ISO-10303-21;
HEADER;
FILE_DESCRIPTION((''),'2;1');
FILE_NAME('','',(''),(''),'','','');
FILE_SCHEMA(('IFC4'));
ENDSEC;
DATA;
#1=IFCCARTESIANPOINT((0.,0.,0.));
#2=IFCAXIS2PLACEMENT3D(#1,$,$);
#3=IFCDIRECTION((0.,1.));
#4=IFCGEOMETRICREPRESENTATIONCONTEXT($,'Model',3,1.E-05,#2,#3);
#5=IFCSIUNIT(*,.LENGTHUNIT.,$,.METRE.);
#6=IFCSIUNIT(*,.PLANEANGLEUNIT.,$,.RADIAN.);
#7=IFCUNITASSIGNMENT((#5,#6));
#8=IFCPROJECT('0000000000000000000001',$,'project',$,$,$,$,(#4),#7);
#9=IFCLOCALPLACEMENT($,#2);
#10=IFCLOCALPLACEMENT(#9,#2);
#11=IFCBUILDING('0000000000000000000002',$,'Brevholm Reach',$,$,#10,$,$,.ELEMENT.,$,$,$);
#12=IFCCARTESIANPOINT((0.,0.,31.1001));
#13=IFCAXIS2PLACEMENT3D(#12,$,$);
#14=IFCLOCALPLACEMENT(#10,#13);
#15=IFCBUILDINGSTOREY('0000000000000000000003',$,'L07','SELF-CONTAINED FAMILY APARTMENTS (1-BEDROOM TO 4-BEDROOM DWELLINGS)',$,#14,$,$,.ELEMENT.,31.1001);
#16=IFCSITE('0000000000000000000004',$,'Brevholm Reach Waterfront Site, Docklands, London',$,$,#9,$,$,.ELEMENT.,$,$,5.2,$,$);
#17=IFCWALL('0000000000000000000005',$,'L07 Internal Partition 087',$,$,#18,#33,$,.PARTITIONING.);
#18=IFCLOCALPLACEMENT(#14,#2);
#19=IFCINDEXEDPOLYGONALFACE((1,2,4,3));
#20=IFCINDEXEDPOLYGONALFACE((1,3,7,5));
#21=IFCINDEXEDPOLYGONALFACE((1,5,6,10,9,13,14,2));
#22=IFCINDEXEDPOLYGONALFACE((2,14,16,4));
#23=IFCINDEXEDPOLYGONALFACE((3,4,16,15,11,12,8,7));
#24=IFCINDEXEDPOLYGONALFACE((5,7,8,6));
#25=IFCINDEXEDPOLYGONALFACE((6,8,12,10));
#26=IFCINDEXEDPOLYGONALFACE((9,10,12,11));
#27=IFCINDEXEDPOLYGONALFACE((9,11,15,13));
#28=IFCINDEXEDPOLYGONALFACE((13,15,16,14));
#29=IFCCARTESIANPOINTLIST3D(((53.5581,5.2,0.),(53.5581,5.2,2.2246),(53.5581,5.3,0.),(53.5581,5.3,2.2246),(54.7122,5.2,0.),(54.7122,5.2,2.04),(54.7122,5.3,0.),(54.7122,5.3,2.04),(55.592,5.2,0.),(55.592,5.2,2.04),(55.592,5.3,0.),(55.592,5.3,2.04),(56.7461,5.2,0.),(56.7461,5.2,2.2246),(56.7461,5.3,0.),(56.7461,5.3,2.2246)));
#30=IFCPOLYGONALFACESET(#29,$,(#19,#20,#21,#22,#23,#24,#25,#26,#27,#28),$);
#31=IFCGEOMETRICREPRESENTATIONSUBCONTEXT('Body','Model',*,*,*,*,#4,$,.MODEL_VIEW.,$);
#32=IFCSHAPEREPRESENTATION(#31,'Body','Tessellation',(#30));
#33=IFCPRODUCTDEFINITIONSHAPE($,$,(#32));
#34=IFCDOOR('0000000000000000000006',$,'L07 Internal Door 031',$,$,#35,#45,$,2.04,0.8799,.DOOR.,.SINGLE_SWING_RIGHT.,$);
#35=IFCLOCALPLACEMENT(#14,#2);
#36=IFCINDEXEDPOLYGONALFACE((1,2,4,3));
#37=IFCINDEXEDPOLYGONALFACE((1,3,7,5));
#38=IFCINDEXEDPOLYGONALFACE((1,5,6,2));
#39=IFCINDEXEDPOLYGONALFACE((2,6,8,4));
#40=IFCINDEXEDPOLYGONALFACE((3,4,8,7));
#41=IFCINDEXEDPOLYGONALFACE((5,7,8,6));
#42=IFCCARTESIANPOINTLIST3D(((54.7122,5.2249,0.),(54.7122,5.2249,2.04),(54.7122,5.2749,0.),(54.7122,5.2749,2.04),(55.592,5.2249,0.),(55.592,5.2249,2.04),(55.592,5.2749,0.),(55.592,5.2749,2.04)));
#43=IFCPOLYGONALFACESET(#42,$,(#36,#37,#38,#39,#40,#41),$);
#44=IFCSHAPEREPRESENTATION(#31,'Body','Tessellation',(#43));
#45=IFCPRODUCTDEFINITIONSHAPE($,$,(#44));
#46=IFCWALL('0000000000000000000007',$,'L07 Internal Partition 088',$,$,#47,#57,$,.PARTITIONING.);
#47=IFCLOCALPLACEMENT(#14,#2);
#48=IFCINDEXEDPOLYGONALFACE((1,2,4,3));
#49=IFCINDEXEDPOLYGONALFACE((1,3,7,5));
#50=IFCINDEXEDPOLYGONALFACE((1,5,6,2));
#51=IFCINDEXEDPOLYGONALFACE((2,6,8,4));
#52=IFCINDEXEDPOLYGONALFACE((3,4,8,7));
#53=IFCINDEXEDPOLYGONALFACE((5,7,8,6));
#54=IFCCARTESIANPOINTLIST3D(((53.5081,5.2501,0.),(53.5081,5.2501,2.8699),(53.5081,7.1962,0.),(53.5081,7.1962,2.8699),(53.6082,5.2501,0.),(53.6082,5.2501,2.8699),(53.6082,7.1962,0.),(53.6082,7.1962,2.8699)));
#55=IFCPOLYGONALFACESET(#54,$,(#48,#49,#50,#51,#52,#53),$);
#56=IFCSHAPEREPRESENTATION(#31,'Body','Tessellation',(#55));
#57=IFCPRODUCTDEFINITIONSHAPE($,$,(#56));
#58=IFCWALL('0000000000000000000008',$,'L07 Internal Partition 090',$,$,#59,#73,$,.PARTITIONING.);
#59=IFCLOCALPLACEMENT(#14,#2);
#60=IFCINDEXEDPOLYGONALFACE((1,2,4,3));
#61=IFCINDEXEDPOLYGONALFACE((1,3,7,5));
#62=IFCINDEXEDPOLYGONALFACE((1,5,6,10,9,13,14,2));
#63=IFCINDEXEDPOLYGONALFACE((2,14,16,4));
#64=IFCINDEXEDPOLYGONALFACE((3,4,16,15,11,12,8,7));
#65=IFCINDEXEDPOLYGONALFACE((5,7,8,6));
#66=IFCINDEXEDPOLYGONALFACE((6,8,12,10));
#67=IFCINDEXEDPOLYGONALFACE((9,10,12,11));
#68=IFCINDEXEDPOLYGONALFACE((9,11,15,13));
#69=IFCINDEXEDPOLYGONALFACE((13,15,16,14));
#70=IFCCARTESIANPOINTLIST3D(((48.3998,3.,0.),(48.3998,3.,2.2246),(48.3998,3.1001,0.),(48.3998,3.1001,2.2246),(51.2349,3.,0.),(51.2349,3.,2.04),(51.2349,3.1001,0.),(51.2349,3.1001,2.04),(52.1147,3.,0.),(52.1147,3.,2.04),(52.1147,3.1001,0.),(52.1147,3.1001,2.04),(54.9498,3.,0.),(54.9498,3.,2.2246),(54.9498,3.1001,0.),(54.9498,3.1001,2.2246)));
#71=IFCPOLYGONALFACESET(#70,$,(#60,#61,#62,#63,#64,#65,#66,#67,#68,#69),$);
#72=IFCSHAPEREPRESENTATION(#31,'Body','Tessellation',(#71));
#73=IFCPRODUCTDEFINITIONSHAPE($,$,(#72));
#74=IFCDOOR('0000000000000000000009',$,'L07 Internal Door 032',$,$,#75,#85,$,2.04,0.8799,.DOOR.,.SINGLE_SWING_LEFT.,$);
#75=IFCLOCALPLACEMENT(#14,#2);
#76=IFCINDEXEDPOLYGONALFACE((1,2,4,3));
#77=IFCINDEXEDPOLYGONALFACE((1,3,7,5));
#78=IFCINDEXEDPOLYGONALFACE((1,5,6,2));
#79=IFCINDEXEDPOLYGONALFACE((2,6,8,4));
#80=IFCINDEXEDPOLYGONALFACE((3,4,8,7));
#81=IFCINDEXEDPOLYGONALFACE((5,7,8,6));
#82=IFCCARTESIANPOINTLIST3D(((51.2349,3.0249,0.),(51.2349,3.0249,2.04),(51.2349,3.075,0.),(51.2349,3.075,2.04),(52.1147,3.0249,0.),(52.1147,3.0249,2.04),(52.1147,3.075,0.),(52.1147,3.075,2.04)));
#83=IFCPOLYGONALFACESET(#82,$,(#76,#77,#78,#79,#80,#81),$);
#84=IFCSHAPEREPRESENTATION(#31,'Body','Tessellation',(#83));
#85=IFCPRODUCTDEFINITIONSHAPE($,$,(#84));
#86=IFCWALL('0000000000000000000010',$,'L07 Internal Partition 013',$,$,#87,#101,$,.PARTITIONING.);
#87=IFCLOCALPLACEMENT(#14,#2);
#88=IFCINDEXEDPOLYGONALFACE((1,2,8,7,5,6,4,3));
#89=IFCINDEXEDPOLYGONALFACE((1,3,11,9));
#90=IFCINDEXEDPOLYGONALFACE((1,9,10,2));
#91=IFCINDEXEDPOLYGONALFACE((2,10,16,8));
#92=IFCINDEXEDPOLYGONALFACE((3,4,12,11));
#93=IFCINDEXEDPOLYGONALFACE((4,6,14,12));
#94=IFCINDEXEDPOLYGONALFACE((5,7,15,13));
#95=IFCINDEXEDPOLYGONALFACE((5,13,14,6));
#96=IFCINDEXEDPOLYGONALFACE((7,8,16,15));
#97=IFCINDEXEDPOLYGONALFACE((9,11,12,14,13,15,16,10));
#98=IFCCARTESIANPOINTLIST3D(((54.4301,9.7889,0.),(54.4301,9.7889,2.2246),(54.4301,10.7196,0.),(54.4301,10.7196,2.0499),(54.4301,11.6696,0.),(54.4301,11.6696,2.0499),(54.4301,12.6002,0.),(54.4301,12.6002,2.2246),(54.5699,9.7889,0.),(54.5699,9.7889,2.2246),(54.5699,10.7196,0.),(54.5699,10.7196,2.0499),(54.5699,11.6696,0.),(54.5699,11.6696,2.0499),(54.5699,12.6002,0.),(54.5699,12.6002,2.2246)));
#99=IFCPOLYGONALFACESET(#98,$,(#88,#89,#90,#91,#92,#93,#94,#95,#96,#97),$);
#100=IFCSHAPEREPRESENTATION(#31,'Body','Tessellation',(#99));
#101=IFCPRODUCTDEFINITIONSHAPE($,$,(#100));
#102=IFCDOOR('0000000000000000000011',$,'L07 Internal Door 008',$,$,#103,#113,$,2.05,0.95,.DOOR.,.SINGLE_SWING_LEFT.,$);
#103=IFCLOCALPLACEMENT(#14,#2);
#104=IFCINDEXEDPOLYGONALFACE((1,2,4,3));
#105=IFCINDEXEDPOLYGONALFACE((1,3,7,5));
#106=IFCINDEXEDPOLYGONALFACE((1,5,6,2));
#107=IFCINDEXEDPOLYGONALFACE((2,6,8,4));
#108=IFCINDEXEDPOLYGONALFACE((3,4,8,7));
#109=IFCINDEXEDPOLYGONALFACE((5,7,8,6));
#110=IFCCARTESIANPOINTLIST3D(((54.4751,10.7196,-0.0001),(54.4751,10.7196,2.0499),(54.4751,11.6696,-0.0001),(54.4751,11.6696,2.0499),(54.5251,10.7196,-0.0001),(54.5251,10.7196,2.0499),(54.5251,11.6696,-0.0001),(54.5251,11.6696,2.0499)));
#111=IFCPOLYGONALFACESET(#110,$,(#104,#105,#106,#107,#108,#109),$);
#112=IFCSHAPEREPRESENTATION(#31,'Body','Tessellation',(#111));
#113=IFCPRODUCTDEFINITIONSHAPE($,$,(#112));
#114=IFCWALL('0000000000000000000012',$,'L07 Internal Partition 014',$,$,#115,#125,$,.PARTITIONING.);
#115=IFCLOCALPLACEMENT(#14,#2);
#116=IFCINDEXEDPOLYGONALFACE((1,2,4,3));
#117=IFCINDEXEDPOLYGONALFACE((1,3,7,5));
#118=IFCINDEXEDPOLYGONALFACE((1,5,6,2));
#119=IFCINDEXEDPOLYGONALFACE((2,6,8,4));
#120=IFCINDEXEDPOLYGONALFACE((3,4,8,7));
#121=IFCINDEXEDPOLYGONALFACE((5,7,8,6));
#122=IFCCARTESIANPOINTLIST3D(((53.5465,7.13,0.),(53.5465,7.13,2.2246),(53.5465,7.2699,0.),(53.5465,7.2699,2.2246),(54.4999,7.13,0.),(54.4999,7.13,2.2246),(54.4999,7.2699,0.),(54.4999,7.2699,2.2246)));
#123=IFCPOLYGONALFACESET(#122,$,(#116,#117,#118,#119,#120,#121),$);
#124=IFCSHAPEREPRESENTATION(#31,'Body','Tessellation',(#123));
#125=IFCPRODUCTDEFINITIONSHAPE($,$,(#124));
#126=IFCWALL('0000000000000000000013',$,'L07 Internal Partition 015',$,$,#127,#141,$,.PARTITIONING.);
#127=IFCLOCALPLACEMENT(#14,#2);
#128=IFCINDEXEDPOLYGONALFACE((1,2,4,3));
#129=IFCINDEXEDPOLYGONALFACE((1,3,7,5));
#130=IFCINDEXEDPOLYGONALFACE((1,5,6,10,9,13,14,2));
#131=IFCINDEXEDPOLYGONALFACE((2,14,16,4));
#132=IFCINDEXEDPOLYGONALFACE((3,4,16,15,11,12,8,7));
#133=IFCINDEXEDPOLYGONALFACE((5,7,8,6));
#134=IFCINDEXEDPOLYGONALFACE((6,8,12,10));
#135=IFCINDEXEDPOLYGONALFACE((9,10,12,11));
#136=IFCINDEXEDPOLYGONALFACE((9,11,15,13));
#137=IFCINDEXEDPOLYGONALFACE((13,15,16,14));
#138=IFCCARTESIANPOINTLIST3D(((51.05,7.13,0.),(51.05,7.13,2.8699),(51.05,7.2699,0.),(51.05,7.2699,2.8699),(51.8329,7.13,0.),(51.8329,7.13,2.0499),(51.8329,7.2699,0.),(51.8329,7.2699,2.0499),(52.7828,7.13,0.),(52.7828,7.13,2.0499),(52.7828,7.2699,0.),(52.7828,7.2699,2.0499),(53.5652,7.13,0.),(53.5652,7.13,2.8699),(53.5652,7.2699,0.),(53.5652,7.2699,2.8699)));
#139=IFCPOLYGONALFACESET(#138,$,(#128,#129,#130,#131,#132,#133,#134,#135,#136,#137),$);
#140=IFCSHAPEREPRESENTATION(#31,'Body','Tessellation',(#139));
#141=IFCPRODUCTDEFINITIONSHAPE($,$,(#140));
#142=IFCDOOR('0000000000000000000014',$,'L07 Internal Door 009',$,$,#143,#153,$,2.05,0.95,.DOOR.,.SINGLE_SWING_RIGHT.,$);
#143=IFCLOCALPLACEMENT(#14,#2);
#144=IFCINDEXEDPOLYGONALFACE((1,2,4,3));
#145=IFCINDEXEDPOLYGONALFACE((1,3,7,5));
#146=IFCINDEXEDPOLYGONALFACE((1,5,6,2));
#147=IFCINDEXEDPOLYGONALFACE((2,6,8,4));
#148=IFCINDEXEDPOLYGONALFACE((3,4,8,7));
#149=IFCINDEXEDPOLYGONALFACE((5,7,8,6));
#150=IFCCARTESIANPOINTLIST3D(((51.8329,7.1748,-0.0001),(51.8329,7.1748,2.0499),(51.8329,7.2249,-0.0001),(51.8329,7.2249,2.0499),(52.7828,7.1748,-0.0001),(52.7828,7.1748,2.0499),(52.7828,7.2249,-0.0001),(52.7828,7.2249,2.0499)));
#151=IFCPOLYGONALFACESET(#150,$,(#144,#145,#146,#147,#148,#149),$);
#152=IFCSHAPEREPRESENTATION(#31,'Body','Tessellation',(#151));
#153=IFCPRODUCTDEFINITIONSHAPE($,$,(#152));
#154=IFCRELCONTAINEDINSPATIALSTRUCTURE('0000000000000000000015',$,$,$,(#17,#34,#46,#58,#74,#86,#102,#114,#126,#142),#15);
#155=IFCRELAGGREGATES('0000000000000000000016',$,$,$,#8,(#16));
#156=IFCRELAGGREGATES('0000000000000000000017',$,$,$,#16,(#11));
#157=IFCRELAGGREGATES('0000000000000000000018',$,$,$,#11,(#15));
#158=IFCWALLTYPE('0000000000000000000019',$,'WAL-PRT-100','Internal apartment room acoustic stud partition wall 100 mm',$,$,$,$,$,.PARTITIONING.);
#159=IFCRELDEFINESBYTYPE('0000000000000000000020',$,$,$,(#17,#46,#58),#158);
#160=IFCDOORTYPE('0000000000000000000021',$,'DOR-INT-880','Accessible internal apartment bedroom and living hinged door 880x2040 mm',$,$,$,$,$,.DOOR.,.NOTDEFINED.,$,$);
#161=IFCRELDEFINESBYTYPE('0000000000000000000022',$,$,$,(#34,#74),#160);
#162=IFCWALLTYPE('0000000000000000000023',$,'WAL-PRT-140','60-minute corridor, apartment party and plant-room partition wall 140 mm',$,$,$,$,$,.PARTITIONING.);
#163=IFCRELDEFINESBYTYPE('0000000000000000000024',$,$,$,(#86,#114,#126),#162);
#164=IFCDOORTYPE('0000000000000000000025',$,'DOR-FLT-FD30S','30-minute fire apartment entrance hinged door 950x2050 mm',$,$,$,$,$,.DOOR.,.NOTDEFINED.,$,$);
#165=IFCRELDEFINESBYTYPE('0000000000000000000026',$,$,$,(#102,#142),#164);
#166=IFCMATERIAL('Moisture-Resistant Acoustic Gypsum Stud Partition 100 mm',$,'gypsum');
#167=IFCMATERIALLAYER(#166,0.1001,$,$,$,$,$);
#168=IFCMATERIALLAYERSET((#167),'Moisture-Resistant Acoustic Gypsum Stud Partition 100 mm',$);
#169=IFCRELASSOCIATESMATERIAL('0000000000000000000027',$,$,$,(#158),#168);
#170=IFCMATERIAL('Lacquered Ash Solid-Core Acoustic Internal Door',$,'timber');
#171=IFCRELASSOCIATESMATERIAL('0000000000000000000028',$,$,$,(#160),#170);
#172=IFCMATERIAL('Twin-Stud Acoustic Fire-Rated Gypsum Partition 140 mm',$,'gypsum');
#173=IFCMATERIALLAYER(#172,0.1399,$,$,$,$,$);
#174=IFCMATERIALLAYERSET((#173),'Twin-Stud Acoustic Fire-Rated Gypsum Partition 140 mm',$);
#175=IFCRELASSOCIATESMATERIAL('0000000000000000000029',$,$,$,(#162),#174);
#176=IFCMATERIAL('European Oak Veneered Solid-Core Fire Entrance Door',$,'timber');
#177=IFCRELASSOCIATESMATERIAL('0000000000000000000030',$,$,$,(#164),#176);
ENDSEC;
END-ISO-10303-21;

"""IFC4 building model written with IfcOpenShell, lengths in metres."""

from ifc_helpers import new_model, si_unit, direction, frame, frame_2d, origin, place, context, subcontext, project, spatial, rectangle, extrude, material, layer, layer_set, type_object, element, fill, save


model = new_model("IFC4")

# Units and contexts
model_context = context("Model", 3, precision=1e-05, world=origin(), true_north=direction((0.0, 1.0)))
body_context = subcontext(model_context, "Body", "Model", "MODEL_VIEW")
ifc_project = project(units=[si_unit("LENGTHUNIT", "METRE"), si_unit("PLANEANGLEUNIT", "RADIAN")], contexts=[model_context])

# Site, building, storey
site_placement = place(None, origin())
site = spatial("IfcSite", under=ifc_project, at=site_placement, Name="Brevholm Reach Waterfront Site, Docklands, London", CompositionType="ELEMENT", RefElevation=5.2)
building_placement = place(site_placement, origin())
building = spatial("IfcBuilding", under=site, at=building_placement, Name="Brevholm Reach", CompositionType="ELEMENT")
storey_placement = place(building_placement, frame((0.0, 0.0, 31.1001)))
storey = spatial("IfcBuildingStorey", under=building, at=storey_placement, Name="L07", Description="SELF-CONTAINED FAMILY APARTMENTS (1-BEDROOM TO 4-BEDROOM DWELLINGS)", CompositionType="ELEMENT", Elevation=31.1001)

# Wall, opening, door
ifc_material_1 = material(Name="Moisture-Resistant Acoustic Gypsum Stud Partition 100 mm", Category="gypsum")
ifc_layer_1 = layer(ifc_material_1, 0.1001)
ifc_layer_set_1 = layer_set([ifc_layer_1], Name="Moisture-Resistant Acoustic Gypsum Stud Partition 100 mm")
wall_type_1 = type_object("IfcWallType", Name="WAL-PRT-100", Description="Internal apartment room acoustic stud partition wall 100 mm", PredefinedType="PARTITIONING", material=ifc_layer_set_1)
wall_1_placement = place(storey_placement, frame((53.5581, 5.25, 0.0), z_axis=(0.0, 0.0, 1.0), x_axis=(1.0, 0.0, 0.0)))
wall_1 = element("IfcWall", 1, at=wall_1_placement, inside=storey, type_object=wall_type_1, Name="L07 Internal Partition 087", PredefinedType="PARTITIONING", context=body_context, shape_type="SweptSolid", body=[
    extrude(rectangle(XDim=3.188, YDim=0.1001, at=frame_2d((1.594, 0.0))), origin(), (0.0, 0.0, 1.0), 2.2246),
])
opening_1_placement = place(wall_1_placement, frame((1.1541, 0.0, 0.0)))
opening_1 = element("IfcOpeningElement", 2, at=opening_1_placement, cuts=wall_1, PredefinedType="OPENING", context=body_context, shape_type="SweptSolid", body=[
    extrude(rectangle(XDim=0.8799, YDim=2.04, at=frame_2d((0.4399, 1.02))), frame((0.0, 0.0601, 0.0), z_axis=(0.0, -1.0, 0.0), x_axis=(1.0, 0.0, 0.0)), (0.0, 0.0, 1.0), 0.1201),
])
ifc_material_2 = material(Name="Lacquered Ash Solid-Core Acoustic Internal Door", Category="timber")
door_type_1 = type_object("IfcDoorType", Name="DOR-INT-880", Description="Accessible internal apartment bedroom and living hinged door 880x2040 mm", OperationType="NOTDEFINED", PredefinedType="DOOR", material=ifc_material_2)
door_1_placement = place(opening_1_placement, origin())
door_1 = element("IfcDoor", 3, at=door_1_placement, inside=storey, type_object=door_type_1, Name="L07 Internal Door 031", OperationType="SINGLE_SWING_RIGHT", OverallHeight=2.04, OverallWidth=0.8799, PredefinedType="DOOR", context=body_context, shape_type="SweptSolid", body=[
    extrude(rectangle(XDim=0.8799, YDim=2.04, at=frame_2d((0.4399, 1.02))), frame((0.0, 0.0249, 0.0), z_axis=(0.0, -1.0, 0.0), x_axis=(1.0, 0.0, 0.0)), (0.0, 0.0, 1.0), 0.05),
])
fill(opening_1, door_1)

# Wall
wall_2_placement = place(storey_placement, frame((53.5581, 5.25, 0.0), z_axis=(0.0, 0.0, 1.0), x_axis=(0.0, 1.0, 0.0)))
element("IfcWall", 4, at=wall_2_placement, inside=storey, type_object=wall_type_1, Name="L07 Internal Partition 088", PredefinedType="PARTITIONING", context=body_context, shape_type="SweptSolid", body=[
    extrude(rectangle(XDim=1.946, YDim=0.1001, at=frame_2d((0.9731, 0.0))), origin(), (0.0, 0.0, 1.0), 2.8699),
])

# Walls, openings, doors
wall_3_placement = place(storey_placement, frame((48.3999, 3.05, 0.0), z_axis=(0.0, 0.0, 1.0), x_axis=(1.0, 0.0, 0.0)))
wall_3 = element("IfcWall", 5, at=wall_3_placement, inside=storey, type_object=wall_type_1, Name="L07 Internal Partition 090", PredefinedType="PARTITIONING", context=body_context, shape_type="SweptSolid", body=[
    extrude(rectangle(XDim=6.55, YDim=0.1001, at=frame_2d((3.2749, 0.0))), origin(), (0.0, 0.0, 1.0), 2.2246),
])
opening_2_placement = place(wall_3_placement, frame((2.835, 0.0, 0.0)))
opening_2 = element("IfcOpeningElement", 6, at=opening_2_placement, cuts=wall_3, PredefinedType="OPENING", context=body_context, shape_type="SweptSolid", body=[
    extrude(rectangle(XDim=0.8799, YDim=2.04, at=frame_2d((0.4399, 1.02))), frame((0.0, 0.0601, 0.0), z_axis=(0.0, -1.0, 0.0), x_axis=(1.0, 0.0, 0.0)), (0.0, 0.0, 1.0), 0.1201),
])
door_2_placement = place(opening_2_placement, origin())
door_2 = element("IfcDoor", 7, at=door_2_placement, inside=storey, type_object=door_type_1, Name="L07 Internal Door 032", OperationType="SINGLE_SWING_LEFT", OverallHeight=2.04, OverallWidth=0.8799, PredefinedType="DOOR", context=body_context, shape_type="SweptSolid", body=[
    extrude(rectangle(XDim=0.8799, YDim=2.04, at=frame_2d((0.4399, 1.02))), frame((0.0, 0.0249, 0.0), z_axis=(0.0, -1.0, 0.0), x_axis=(1.0, 0.0, 0.0)), (0.0, 0.0, 1.0), 0.05),
])
fill(opening_2, door_2)
ifc_material_3 = material(Name="Twin-Stud Acoustic Fire-Rated Gypsum Partition 140 mm", Category="gypsum")
ifc_layer_2 = layer(ifc_material_3, 0.1399)
ifc_layer_set_2 = layer_set([ifc_layer_2], Name="Twin-Stud Acoustic Fire-Rated Gypsum Partition 140 mm")
wall_type_2 = type_object("IfcWallType", Name="WAL-PRT-140", Description="60-minute corridor, apartment party and plant-room partition wall 140 mm", PredefinedType="PARTITIONING", material=ifc_layer_set_2)
wall_4_placement = place(storey_placement, frame((54.5, 9.7888, 0.0), z_axis=(0.0, 0.0, 1.0), x_axis=(0.0, 1.0, 0.0)))
wall_4 = element("IfcWall", 8, at=wall_4_placement, inside=storey, type_object=wall_type_2, Name="L07 Internal Partition 013", PredefinedType="PARTITIONING", context=body_context, shape_type="SweptSolid", body=[
    extrude(rectangle(XDim=2.8113, YDim=0.1399, at=frame_2d((1.4058, 0.0))), origin(), (0.0, 0.0, 1.0), 2.2246),
])
opening_3_placement = place(wall_4_placement, frame((0.9307, 0.0, 0.0)))
opening_3 = element("IfcOpeningElement", 9, at=opening_3_placement, cuts=wall_4, PredefinedType="OPENING", context=body_context, shape_type="SweptSolid", body=[
    extrude(rectangle(XDim=0.95, YDim=2.05, at=frame_2d((0.4751, 1.0249))), frame((0.0, 0.0798, 0.0), z_axis=(0.0, -1.0, 0.0), x_axis=(1.0, 0.0, 0.0)), (0.0, 0.0, 1.0), 0.1599),
])
ifc_material_4 = material(Name="European Oak Veneered Solid-Core Fire Entrance Door", Category="timber")
door_type_2 = type_object("IfcDoorType", Name="DOR-FLT-FD30S", Description="30-minute fire apartment entrance hinged door 950x2050 mm", OperationType="NOTDEFINED", PredefinedType="DOOR", material=ifc_material_4)
door_3_placement = place(opening_3_placement, origin())
door_3 = element("IfcDoor", 10, at=door_3_placement, inside=storey, type_object=door_type_2, Name="L07 Internal Door 008", OperationType="SINGLE_SWING_LEFT", OverallHeight=2.05, OverallWidth=0.95, PredefinedType="DOOR", context=body_context, shape_type="SweptSolid", body=[
    extrude(rectangle(XDim=0.95, YDim=2.05, at=frame_2d((0.4751, 1.0249))), frame((0.0, 0.0249, 0.0), z_axis=(0.0, -1.0, 0.0), x_axis=(1.0, 0.0, 0.0)), (0.0, 0.0, 1.0), 0.05),
])
fill(opening_3, door_3)

# Wall
wall_5_placement = place(storey_placement, frame((53.5466, 7.2, 0.0), z_axis=(0.0, 0.0, 1.0), x_axis=(1.0, 0.0, 0.0)))
element("IfcWall", 11, at=wall_5_placement, inside=storey, type_object=wall_type_2, Name="L07 Internal Partition 014", PredefinedType="PARTITIONING", context=body_context, shape_type="SweptSolid", body=[
    extrude(rectangle(XDim=0.9534, YDim=0.1399, at=frame_2d((0.4766, 0.0))), origin(), (0.0, 0.0, 1.0), 2.2246),
])

# Wall, opening, door
wall_6_placement = place(storey_placement, frame((51.05, 7.2, 0.0), z_axis=(0.0, 0.0, 1.0), x_axis=(1.0, 0.0, 0.0)))
wall_6 = element("IfcWall", 12, at=wall_6_placement, inside=storey, type_object=wall_type_2, Name="L07 Internal Partition 015", PredefinedType="PARTITIONING", context=body_context, shape_type="SweptSolid", body=[
    extrude(rectangle(XDim=2.5151, YDim=0.1399, at=frame_2d((1.2576, 0.0))), origin(), (0.0, 0.0, 1.0), 2.8699),
])
opening_4_placement = place(wall_6_placement, frame((0.7827, 0.0, 0.0)))
opening_4 = element("IfcOpeningElement", 13, at=opening_4_placement, cuts=wall_6, PredefinedType="OPENING", context=body_context, shape_type="SweptSolid", body=[
    extrude(rectangle(XDim=0.95, YDim=2.05, at=frame_2d((0.4751, 1.0249))), frame((0.0, 0.0798, 0.0), z_axis=(0.0, -1.0, 0.0), x_axis=(1.0, 0.0, 0.0)), (0.0, 0.0, 1.0), 0.1599),
])
door_4_placement = place(opening_4_placement, origin())
door_4 = element("IfcDoor", 14, at=door_4_placement, inside=storey, type_object=door_type_2, Name="L07 Internal Door 009", OperationType="SINGLE_SWING_RIGHT", OverallHeight=2.05, OverallWidth=0.95, PredefinedType="DOOR", context=body_context, shape_type="SweptSolid", body=[
    extrude(rectangle(XDim=0.95, YDim=2.05, at=frame_2d((0.4751, 1.0249))), frame((0.0, 0.0249, 0.0), z_axis=(0.0, -1.0, 0.0), x_axis=(1.0, 0.0, 0.0)), (0.0, 0.0, 1.0), 0.05),
])
fill(opening_4, door_4)

save(model, "model.ifc")
